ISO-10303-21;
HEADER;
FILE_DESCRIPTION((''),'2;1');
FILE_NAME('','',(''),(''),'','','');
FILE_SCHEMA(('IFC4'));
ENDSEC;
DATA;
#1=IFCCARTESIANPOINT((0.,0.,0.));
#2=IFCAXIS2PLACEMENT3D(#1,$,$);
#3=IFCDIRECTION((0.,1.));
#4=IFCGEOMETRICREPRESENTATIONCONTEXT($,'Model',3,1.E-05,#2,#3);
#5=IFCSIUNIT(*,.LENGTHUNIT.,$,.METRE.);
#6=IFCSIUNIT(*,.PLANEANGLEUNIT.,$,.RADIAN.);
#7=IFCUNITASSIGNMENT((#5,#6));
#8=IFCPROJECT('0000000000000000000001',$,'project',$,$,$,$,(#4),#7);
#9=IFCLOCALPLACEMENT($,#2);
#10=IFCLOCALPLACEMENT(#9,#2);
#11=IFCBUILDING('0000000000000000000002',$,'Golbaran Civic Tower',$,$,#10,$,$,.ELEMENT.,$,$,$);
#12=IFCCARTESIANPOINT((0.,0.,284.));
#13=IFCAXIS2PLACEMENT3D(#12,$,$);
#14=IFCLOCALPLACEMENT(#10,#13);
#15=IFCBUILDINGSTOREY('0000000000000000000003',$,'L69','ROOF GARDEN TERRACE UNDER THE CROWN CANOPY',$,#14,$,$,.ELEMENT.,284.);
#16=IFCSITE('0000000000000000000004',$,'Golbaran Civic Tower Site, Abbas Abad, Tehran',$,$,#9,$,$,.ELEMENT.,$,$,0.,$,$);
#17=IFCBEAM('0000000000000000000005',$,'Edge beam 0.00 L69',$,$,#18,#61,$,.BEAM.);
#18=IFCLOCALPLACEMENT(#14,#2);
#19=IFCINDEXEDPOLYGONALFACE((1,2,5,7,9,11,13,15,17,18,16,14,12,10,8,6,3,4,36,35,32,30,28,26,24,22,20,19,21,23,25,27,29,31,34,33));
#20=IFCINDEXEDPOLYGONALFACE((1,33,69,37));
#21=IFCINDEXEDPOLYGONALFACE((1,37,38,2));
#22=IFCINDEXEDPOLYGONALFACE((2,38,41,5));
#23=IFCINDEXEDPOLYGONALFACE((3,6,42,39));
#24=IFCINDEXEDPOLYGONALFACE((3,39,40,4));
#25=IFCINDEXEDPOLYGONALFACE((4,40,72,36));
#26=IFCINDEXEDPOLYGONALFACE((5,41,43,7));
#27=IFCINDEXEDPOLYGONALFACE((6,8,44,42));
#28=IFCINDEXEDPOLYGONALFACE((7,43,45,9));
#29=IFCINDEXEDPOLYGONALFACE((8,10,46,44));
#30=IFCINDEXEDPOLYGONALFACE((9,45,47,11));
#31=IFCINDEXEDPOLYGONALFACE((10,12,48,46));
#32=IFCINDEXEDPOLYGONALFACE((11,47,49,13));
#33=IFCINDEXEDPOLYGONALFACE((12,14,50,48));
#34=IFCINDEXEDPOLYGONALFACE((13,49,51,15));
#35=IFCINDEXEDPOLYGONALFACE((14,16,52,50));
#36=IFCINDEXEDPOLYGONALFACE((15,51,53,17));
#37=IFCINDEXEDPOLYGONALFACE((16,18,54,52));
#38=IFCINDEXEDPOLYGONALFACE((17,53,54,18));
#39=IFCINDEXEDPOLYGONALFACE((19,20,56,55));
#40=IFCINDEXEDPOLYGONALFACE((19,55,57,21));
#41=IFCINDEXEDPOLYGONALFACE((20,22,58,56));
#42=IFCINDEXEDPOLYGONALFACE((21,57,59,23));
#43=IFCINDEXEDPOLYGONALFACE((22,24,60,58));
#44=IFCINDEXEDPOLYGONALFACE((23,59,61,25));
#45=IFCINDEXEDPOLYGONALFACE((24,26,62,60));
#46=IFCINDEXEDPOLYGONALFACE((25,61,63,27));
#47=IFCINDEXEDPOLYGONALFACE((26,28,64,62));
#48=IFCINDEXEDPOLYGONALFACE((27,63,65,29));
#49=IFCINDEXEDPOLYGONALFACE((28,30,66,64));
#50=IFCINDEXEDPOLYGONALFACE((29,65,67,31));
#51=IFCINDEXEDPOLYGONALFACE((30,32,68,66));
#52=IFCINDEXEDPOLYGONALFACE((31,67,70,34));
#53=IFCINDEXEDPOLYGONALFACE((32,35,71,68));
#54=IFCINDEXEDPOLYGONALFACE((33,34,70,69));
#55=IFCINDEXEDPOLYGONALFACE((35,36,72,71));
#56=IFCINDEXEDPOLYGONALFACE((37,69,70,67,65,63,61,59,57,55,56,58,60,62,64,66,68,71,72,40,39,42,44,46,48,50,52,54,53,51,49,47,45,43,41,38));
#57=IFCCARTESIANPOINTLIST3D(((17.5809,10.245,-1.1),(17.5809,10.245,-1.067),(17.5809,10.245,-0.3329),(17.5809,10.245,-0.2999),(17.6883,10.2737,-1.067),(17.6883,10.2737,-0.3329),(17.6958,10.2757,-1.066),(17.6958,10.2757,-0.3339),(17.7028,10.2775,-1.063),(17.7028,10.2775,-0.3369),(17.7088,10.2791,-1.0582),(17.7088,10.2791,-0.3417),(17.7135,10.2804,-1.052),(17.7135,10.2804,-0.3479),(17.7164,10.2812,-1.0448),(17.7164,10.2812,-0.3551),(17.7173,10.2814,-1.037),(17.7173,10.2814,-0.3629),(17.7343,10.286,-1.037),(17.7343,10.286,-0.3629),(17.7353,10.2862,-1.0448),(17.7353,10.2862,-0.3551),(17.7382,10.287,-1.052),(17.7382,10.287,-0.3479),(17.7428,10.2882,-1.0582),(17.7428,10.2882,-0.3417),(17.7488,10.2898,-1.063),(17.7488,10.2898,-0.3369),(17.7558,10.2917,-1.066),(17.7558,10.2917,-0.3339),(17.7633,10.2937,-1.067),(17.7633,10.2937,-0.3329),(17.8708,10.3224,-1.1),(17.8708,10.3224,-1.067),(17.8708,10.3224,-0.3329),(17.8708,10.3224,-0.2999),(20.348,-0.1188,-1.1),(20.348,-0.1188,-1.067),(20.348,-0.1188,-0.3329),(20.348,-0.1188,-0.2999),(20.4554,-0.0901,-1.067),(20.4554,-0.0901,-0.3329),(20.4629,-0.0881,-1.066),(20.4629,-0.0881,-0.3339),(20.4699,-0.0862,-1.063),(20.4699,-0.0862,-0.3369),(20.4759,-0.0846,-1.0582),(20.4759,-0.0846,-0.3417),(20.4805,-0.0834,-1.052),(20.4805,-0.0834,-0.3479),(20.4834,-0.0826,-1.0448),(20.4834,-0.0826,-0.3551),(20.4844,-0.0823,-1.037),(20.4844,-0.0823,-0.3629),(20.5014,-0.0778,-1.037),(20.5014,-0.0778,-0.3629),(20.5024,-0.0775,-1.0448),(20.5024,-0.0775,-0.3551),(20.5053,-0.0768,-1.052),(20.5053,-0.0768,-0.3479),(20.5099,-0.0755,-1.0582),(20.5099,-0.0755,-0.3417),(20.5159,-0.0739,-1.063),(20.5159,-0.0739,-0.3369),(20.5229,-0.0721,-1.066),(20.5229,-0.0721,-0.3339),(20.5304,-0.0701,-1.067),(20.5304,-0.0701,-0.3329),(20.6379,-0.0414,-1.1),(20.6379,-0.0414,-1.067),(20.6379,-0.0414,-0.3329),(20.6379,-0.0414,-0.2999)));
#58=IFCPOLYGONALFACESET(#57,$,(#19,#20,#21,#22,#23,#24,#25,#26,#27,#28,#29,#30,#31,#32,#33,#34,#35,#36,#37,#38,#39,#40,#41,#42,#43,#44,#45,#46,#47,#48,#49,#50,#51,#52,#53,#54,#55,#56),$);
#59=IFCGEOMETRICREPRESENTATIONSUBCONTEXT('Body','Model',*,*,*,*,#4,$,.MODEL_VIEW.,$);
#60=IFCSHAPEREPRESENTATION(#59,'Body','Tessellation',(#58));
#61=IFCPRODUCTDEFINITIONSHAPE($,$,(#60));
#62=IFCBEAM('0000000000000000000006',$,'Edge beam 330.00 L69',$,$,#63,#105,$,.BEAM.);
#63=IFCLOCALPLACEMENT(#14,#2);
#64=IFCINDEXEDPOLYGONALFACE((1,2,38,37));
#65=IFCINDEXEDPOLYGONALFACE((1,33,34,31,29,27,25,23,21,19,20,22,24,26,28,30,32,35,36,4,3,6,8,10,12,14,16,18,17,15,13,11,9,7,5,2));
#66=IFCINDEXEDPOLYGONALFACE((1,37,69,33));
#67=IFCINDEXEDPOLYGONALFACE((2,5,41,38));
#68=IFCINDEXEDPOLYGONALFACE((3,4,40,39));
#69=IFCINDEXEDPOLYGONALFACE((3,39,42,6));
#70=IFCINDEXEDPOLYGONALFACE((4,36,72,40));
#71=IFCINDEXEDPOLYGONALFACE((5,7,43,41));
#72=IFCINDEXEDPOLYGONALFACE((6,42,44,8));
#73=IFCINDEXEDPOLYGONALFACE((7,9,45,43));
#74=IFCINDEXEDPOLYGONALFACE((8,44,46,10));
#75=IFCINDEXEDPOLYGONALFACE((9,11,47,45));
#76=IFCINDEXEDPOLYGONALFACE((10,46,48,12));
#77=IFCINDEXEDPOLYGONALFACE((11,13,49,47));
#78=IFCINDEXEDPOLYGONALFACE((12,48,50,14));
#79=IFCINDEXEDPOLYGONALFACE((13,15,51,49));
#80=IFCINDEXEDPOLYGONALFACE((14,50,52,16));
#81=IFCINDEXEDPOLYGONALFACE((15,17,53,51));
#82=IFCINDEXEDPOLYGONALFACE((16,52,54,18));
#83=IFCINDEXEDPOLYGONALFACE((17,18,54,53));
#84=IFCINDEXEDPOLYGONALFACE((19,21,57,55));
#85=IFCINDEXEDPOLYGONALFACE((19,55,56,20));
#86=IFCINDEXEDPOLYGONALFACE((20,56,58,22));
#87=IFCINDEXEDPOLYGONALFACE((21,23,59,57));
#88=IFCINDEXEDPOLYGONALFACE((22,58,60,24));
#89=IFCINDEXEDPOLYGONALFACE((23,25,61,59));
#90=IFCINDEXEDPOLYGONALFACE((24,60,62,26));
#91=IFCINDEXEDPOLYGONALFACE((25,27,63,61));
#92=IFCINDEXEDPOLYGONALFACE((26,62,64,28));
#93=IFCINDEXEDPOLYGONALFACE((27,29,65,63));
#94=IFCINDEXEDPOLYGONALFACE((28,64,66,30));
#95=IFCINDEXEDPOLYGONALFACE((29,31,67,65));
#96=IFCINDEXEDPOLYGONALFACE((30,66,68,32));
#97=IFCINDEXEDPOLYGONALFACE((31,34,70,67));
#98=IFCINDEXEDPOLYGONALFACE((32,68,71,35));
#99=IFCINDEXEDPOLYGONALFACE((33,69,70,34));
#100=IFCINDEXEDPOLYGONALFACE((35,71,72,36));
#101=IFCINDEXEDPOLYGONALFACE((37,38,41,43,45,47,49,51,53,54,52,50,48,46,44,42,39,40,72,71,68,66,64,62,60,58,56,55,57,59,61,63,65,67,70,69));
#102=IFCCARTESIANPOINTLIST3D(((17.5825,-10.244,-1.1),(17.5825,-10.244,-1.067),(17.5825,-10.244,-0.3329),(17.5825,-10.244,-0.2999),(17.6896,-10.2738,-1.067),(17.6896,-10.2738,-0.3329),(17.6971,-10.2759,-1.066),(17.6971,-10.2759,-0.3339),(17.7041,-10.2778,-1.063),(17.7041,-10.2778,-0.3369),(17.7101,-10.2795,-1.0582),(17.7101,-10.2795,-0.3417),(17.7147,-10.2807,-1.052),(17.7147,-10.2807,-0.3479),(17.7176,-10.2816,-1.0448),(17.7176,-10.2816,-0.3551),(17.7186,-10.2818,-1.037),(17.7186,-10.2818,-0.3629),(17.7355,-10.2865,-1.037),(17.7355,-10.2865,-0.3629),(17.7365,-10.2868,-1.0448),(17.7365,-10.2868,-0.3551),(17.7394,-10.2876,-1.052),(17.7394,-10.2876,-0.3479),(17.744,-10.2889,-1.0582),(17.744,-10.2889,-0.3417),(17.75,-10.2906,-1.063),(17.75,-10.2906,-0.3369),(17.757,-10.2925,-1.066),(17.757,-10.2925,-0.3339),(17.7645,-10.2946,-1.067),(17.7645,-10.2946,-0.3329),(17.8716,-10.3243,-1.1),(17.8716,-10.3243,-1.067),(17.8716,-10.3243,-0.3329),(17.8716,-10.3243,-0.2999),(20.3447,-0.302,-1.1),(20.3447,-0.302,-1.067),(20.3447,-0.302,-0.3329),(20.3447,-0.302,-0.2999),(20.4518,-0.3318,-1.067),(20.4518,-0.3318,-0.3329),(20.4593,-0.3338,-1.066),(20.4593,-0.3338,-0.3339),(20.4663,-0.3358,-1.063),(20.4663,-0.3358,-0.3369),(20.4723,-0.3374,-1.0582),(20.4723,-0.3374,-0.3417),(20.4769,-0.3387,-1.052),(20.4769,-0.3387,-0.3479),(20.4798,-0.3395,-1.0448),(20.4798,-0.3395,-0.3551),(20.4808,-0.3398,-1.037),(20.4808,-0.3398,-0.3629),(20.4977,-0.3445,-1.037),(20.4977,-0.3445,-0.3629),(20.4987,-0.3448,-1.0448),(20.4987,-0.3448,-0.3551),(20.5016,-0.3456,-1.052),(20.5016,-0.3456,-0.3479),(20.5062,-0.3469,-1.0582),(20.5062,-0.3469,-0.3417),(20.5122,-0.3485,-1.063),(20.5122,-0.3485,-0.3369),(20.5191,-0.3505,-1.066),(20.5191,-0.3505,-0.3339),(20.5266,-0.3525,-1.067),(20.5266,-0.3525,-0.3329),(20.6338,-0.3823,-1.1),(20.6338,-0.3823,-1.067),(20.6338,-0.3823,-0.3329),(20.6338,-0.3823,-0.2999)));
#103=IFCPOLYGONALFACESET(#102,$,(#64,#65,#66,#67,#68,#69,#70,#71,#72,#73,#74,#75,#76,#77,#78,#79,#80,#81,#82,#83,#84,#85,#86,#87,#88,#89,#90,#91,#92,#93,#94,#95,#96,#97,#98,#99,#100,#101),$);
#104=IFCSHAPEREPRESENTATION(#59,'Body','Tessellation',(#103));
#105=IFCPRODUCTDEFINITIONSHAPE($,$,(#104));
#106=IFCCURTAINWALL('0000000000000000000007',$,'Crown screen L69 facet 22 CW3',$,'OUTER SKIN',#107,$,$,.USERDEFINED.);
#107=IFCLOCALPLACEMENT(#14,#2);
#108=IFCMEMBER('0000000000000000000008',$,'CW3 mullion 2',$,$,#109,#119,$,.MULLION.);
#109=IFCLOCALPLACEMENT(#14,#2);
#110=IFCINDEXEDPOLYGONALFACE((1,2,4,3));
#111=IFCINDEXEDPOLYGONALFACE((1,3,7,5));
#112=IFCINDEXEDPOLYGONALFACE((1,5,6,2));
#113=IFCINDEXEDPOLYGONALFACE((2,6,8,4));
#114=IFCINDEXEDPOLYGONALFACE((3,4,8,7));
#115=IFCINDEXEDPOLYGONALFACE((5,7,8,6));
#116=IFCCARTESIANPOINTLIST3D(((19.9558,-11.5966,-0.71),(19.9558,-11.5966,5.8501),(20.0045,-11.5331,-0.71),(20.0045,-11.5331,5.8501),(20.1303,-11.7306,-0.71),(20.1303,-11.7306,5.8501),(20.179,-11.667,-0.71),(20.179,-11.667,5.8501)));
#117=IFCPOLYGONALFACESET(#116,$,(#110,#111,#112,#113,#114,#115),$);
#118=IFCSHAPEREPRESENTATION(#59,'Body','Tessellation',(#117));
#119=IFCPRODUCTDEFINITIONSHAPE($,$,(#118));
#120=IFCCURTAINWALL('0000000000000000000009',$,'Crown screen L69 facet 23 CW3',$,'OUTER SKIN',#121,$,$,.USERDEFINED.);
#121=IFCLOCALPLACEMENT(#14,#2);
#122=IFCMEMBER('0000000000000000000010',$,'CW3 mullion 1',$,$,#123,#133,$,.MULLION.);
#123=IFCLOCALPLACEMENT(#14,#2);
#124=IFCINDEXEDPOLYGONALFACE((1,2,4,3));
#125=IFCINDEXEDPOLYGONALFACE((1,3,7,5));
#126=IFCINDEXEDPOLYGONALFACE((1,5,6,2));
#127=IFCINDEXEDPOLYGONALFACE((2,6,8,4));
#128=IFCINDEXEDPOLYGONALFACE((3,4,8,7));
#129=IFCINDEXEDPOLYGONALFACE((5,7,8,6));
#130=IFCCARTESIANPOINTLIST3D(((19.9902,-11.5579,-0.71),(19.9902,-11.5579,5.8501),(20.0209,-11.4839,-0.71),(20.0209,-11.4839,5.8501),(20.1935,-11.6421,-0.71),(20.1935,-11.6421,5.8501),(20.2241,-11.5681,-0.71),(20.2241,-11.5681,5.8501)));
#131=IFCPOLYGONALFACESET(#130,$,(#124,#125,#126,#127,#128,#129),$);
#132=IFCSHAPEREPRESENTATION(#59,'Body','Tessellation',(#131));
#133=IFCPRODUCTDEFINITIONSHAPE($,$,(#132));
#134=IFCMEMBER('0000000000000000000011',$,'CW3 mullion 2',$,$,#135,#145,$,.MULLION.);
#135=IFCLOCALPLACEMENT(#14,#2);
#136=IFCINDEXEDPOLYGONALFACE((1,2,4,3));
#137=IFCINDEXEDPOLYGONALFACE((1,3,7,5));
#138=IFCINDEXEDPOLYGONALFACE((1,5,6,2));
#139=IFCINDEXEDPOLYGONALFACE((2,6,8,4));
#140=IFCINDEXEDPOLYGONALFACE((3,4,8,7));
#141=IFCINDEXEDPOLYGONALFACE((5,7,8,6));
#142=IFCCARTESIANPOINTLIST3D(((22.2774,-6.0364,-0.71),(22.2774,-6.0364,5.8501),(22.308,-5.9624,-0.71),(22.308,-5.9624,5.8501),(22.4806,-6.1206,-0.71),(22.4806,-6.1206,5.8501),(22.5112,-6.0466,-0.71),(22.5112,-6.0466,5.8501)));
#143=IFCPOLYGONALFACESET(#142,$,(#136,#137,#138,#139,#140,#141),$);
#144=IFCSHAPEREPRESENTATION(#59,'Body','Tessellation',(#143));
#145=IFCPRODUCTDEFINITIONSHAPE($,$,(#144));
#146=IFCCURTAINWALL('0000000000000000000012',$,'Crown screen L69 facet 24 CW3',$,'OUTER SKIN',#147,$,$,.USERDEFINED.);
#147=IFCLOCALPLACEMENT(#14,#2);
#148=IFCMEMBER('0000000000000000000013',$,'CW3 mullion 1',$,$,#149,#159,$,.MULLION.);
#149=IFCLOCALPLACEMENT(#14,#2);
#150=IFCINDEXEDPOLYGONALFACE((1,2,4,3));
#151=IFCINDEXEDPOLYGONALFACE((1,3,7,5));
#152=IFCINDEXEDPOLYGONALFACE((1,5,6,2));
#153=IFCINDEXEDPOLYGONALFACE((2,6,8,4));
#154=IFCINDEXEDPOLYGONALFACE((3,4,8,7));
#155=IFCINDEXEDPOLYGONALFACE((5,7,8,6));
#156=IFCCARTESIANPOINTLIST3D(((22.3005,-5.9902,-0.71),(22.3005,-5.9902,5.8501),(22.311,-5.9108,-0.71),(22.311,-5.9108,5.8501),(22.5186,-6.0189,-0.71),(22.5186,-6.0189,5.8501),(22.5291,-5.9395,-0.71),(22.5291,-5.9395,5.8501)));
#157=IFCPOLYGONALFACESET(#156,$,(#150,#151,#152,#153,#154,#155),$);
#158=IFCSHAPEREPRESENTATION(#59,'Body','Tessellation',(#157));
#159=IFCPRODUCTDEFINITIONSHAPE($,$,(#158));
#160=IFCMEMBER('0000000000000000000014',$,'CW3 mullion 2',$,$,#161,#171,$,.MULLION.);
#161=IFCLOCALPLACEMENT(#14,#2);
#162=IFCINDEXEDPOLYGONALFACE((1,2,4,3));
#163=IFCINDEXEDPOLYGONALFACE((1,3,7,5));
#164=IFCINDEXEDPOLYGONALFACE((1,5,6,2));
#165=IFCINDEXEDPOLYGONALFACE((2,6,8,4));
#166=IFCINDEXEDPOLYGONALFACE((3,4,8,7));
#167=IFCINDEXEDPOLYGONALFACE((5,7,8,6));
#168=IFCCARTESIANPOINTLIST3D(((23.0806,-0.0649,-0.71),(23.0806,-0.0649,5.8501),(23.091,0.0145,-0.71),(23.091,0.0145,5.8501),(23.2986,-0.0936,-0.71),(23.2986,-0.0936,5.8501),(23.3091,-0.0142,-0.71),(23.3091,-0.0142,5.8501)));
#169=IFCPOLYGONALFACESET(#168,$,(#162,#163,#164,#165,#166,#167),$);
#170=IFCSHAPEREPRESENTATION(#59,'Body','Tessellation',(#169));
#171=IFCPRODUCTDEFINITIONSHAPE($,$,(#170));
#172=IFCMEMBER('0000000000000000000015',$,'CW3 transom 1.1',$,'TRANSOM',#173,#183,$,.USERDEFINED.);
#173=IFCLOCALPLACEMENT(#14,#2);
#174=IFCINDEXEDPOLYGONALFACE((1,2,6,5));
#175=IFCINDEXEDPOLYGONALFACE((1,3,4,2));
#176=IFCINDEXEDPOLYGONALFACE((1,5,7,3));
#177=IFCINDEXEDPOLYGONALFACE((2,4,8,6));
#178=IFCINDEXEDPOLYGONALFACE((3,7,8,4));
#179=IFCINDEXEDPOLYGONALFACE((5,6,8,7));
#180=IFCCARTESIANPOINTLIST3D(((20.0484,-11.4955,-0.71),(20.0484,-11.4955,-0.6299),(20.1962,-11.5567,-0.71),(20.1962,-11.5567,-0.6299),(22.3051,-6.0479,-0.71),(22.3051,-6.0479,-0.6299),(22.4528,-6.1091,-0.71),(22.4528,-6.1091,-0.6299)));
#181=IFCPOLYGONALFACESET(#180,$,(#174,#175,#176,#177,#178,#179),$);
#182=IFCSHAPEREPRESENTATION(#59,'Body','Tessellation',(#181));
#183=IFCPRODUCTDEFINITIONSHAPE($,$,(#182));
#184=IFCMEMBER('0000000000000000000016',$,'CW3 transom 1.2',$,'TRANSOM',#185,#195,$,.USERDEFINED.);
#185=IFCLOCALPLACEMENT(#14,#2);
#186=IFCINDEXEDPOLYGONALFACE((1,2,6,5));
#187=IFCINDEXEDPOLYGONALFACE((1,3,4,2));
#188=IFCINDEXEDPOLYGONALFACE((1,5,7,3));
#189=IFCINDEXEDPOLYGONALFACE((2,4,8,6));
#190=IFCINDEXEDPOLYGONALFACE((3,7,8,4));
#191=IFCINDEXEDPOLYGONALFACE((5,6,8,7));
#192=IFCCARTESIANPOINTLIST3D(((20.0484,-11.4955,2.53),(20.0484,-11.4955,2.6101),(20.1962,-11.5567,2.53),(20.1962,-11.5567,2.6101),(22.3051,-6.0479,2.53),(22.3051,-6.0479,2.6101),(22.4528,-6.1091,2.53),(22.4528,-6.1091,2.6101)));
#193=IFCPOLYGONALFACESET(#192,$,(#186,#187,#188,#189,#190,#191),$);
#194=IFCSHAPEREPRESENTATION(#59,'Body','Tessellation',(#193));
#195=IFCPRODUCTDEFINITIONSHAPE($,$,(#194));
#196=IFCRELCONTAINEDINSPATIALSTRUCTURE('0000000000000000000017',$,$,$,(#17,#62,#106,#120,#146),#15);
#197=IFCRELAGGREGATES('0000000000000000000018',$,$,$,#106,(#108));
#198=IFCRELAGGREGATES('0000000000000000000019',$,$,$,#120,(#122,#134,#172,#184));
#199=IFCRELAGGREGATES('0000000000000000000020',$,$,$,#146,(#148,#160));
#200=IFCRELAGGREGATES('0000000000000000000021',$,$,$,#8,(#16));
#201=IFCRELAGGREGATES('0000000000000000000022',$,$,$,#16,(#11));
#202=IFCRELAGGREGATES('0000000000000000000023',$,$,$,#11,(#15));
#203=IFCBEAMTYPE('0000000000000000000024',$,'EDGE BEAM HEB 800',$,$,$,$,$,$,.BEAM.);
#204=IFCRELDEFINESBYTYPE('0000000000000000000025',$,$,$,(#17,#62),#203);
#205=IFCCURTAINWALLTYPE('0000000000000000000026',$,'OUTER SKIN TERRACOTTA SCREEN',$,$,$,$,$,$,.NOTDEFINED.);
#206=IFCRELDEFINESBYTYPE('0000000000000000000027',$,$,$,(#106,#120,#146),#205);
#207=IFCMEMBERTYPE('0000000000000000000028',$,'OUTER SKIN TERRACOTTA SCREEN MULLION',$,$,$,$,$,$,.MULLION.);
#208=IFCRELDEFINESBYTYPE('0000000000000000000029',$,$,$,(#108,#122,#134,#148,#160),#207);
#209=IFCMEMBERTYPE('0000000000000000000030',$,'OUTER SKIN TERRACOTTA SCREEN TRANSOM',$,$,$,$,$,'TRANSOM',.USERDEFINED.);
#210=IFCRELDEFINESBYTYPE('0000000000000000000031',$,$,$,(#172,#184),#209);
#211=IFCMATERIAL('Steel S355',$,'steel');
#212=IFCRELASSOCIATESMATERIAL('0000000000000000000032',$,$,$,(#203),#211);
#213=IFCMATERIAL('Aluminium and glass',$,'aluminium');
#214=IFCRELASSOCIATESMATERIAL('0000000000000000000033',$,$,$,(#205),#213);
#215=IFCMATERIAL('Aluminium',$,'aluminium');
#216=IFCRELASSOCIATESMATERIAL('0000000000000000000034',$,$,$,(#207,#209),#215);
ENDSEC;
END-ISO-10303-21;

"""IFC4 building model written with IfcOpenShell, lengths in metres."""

from ifc_helpers import new_model, si_unit, direction, frame, origin, origin_2d, place, context, subcontext, project, spatial, rectangle, i_section, extrude, material, material_profile, profile_set, type_object, element, aggregate, save


model = new_model("IFC4")

# Units and contexts
model_context = context("Model", 3, precision=1e-05, world=origin(), true_north=direction((0.0, 1.0)))
body_context = subcontext(model_context, "Body", "Model", "MODEL_VIEW")
ifc_project = project(units=[si_unit("LENGTHUNIT", "METRE"), si_unit("PLANEANGLEUNIT", "RADIAN")], contexts=[model_context])

# Site, building, storey
site_placement = place(None, origin())
site = spatial("IfcSite", under=ifc_project, at=site_placement, Name="Golbaran Civic Tower Site, Abbas Abad, Tehran", CompositionType="ELEMENT", RefElevation=0.0)
building_placement = place(site_placement, origin())
building = spatial("IfcBuilding", under=site, at=building_placement, Name="Golbaran Civic Tower", CompositionType="ELEMENT")
storey_placement = place(building_placement, frame((0.0, 0.0, 284.0)))
storey = spatial("IfcBuildingStorey", under=building, at=storey_placement, Name="L69", Description="ROOF GARDEN TERRACE UNDER THE CROWN CANOPY", CompositionType="ELEMENT", Elevation=284.0)

# Shared definitions
ifc_material_1 = material(Name="Steel S355", Category="steel")

# Beams
ifc_material_profile_1 = material_profile(ifc_material_1, i_section(OverallWidth=0.3, OverallDepth=0.8, WebThickness=0.0176, FlangeThickness=0.033, FilletRadius=0.03, at=origin_2d()), Name="HEB 800")
ifc_profile_set_1 = profile_set([ifc_material_profile_1], Name="Steel S355")
beam_type_1 = type_object("IfcBeamType", Name="EDGE BEAM HEB 800", PredefinedType="BEAM", material=ifc_profile_set_1)
beam_1_placement = place(storey_placement, frame((20.4929, -0.0801, -0.7), z_axis=(-0.25796, 0.966156, 0.0), x_axis=(-0.966156, -0.25796, 0.0)))
element("IfcBeam", 1, at=beam_1_placement, inside=storey, type_object=beam_type_1, Name="Edge beam 0.00 L69", PredefinedType="BEAM", context=body_context, shape_type="SweptSolid", body=[
    extrude(i_section(OverallWidth=0.3, OverallDepth=0.8, WebThickness=0.0176, FlangeThickness=0.033, FilletRadius=0.03, at=origin_2d()), origin(), (0.0, 0.0, 1.0), 10.7268),
])
beam_2_placement = place(storey_placement, frame((17.7271, -10.2842, -0.7), z_axis=(0.267689, 0.963505, 0.0), x_axis=(-0.963505, 0.267689, 0.0)))
element("IfcBeam", 2, at=beam_2_placement, inside=storey, type_object=beam_type_1, Name="Edge beam 330.00 L69", PredefinedType="BEAM", context=body_context, shape_type="SweptSolid", body=[
    extrude(i_section(OverallWidth=0.3, OverallDepth=0.8, WebThickness=0.0176, FlangeThickness=0.033, FilletRadius=0.03, at=origin_2d()), origin(), (0.0, 0.0, 1.0), 10.3186),
])

# Curtain wall, member
ifc_material_2 = material(Name="Aluminium and glass", Category="aluminium")
curtain_wall_type = type_object("IfcCurtainWallType", Name="OUTER SKIN TERRACOTTA SCREEN", PredefinedType="NOTDEFINED", material=ifc_material_2)
curtain_wall_1_placement = place(storey_placement, origin())
curtain_wall_1 = element("IfcCurtainWall", 3, at=curtain_wall_1_placement, inside=storey, type_object=curtain_wall_type, Name="Crown screen L69 facet 22 CW3", ObjectType="OUTER SKIN", PredefinedType="USERDEFINED")
ifc_material_3 = material(Name="Aluminium", Category="aluminium")
ifc_material_profile_2 = material_profile(ifc_material_3, rectangle(XDim=0.22, YDim=0.0801, at=origin_2d()), Name="OUTER SKIN TERRACOTTA SCREEN MULLION")
ifc_profile_set_2 = profile_set([ifc_material_profile_2], Name="Aluminium")
member_type_1 = type_object("IfcMemberType", Name="OUTER SKIN TERRACOTTA SCREEN MULLION", PredefinedType="MULLION", material=ifc_profile_set_2)
member_1_placement = place(storey_placement, frame((20.0674, -11.6318, -0.71), z_axis=(0.0, 0.0, 1.0), x_axis=(-0.793353, 0.608761, 0.0)))
member_1 = element("IfcMember", 4, at=member_1_placement, type_object=member_type_1, Name="CW3 mullion 2", PredefinedType="MULLION", context=body_context, shape_type="SweptSolid", body=[
    extrude(rectangle(XDim=0.22, YDim=0.0801, at=origin_2d()), origin(), (0.0, 0.0, 1.0), 6.5601),
])
aggregate(curtain_wall_1, [member_1])

# Curtain walls, members
curtain_wall_2_placement = place(storey_placement, origin())
curtain_wall_2 = element("IfcCurtainWall", 5, at=curtain_wall_2_placement, inside=storey, type_object=curtain_wall_type, Name="Crown screen L69 facet 23 CW3", ObjectType="OUTER SKIN", PredefinedType="USERDEFINED")
member_2_placement = place(storey_placement, frame((20.1072, -11.563, -0.71), z_axis=(0.0, 0.0, 1.0), x_axis=(-0.92388, 0.382683, 0.0)))
member_2 = element("IfcMember", 6, at=member_2_placement, type_object=member_type_1, Name="CW3 mullion 1", PredefinedType="MULLION", context=body_context, shape_type="SweptSolid", body=[
    extrude(rectangle(XDim=0.22, YDim=0.0801, at=origin_2d()), origin(), (0.0, 0.0, 1.0), 6.5601),
])
member_3_placement = place(storey_placement, frame((22.3943, -6.0415, -0.71), z_axis=(0.0, 0.0, 1.0), x_axis=(-0.92388, 0.382683, 0.0)))
member_3 = element("IfcMember", 7, at=member_3_placement, type_object=member_type_1, Name="CW3 mullion 2", PredefinedType="MULLION", context=body_context, shape_type="SweptSolid", body=[
    extrude(rectangle(XDim=0.22, YDim=0.0801, at=origin_2d()), origin(), (0.0, 0.0, 1.0), 6.5601),
])
curtain_wall_3_placement = place(storey_placement, origin())
curtain_wall_3 = element("IfcCurtainWall", 8, at=curtain_wall_3_placement, inside=storey, type_object=curtain_wall_type, Name="Crown screen L69 facet 24 CW3", ObjectType="OUTER SKIN", PredefinedType="USERDEFINED")
member_4_placement = place(storey_placement, frame((22.4148, -5.9648, -0.71), z_axis=(0.0, 0.0, 1.0), x_axis=(-0.991445, 0.130526, 0.0)))
member_4 = element("IfcMember", 9, at=member_4_placement, type_object=member_type_1, Name="CW3 mullion 1", PredefinedType="MULLION", context=body_context, shape_type="SweptSolid", body=[
    extrude(rectangle(XDim=0.22, YDim=0.0801, at=origin_2d()), origin(), (0.0, 0.0, 1.0), 6.5601),
])
member_5_placement = place(storey_placement, frame((23.1948, -0.0396, -0.71), z_axis=(0.0, 0.0, 1.0), x_axis=(-0.991445, 0.130526, 0.0)))
member_5 = element("IfcMember", 10, at=member_5_placement, type_object=member_type_1, Name="CW3 mullion 2", PredefinedType="MULLION", context=body_context, shape_type="SweptSolid", body=[
    extrude(rectangle(XDim=0.22, YDim=0.0801, at=origin_2d()), origin(), (0.0, 0.0, 1.0), 6.5601),
])

# Members
ifc_material_profile_3 = material_profile(ifc_material_3, rectangle(XDim=0.1599, YDim=0.0801, at=origin_2d()), Name="OUTER SKIN TERRACOTTA SCREEN TRANSOM")
ifc_profile_set_3 = profile_set([ifc_material_profile_3], Name="Aluminium")
member_type_2 = type_object("IfcMemberType", Name="OUTER SKIN TERRACOTTA SCREEN TRANSOM", ElementType="TRANSOM", PredefinedType="USERDEFINED", material=ifc_profile_set_3)
member_6_placement = place(storey_placement, frame((20.1223, -11.5261, -0.6699), z_axis=(0.382707, 0.92387, 0.0), x_axis=(-0.92387, 0.382707, 0.0)))
member_6 = element("IfcMember", 11, at=member_6_placement, type_object=member_type_2, Name="CW3 transom 1.1", ObjectType="TRANSOM", PredefinedType="USERDEFINED", context=body_context, shape_type="SweptSolid", body=[
    extrude(rectangle(XDim=0.1599, YDim=0.0801, at=origin_2d()), origin(), (0.0, 0.0, 1.0), 5.8965),
])
member_7_placement = place(storey_placement, frame((20.1223, -11.5261, 2.5701), z_axis=(0.382707, 0.92387, 0.0), x_axis=(-0.92387, 0.382707, 0.0)))
member_7 = element("IfcMember", 12, at=member_7_placement, type_object=member_type_2, Name="CW3 transom 1.2", ObjectType="TRANSOM", PredefinedType="USERDEFINED", context=body_context, shape_type="SweptSolid", body=[
    extrude(rectangle(XDim=0.1599, YDim=0.0801, at=origin_2d()), origin(), (0.0, 0.0, 1.0), 5.8965),
])

aggregate(curtain_wall_2, [member_2, member_3, member_6, member_7])
aggregate(curtain_wall_3, [member_4, member_5])

save(model, "model.ifc")
